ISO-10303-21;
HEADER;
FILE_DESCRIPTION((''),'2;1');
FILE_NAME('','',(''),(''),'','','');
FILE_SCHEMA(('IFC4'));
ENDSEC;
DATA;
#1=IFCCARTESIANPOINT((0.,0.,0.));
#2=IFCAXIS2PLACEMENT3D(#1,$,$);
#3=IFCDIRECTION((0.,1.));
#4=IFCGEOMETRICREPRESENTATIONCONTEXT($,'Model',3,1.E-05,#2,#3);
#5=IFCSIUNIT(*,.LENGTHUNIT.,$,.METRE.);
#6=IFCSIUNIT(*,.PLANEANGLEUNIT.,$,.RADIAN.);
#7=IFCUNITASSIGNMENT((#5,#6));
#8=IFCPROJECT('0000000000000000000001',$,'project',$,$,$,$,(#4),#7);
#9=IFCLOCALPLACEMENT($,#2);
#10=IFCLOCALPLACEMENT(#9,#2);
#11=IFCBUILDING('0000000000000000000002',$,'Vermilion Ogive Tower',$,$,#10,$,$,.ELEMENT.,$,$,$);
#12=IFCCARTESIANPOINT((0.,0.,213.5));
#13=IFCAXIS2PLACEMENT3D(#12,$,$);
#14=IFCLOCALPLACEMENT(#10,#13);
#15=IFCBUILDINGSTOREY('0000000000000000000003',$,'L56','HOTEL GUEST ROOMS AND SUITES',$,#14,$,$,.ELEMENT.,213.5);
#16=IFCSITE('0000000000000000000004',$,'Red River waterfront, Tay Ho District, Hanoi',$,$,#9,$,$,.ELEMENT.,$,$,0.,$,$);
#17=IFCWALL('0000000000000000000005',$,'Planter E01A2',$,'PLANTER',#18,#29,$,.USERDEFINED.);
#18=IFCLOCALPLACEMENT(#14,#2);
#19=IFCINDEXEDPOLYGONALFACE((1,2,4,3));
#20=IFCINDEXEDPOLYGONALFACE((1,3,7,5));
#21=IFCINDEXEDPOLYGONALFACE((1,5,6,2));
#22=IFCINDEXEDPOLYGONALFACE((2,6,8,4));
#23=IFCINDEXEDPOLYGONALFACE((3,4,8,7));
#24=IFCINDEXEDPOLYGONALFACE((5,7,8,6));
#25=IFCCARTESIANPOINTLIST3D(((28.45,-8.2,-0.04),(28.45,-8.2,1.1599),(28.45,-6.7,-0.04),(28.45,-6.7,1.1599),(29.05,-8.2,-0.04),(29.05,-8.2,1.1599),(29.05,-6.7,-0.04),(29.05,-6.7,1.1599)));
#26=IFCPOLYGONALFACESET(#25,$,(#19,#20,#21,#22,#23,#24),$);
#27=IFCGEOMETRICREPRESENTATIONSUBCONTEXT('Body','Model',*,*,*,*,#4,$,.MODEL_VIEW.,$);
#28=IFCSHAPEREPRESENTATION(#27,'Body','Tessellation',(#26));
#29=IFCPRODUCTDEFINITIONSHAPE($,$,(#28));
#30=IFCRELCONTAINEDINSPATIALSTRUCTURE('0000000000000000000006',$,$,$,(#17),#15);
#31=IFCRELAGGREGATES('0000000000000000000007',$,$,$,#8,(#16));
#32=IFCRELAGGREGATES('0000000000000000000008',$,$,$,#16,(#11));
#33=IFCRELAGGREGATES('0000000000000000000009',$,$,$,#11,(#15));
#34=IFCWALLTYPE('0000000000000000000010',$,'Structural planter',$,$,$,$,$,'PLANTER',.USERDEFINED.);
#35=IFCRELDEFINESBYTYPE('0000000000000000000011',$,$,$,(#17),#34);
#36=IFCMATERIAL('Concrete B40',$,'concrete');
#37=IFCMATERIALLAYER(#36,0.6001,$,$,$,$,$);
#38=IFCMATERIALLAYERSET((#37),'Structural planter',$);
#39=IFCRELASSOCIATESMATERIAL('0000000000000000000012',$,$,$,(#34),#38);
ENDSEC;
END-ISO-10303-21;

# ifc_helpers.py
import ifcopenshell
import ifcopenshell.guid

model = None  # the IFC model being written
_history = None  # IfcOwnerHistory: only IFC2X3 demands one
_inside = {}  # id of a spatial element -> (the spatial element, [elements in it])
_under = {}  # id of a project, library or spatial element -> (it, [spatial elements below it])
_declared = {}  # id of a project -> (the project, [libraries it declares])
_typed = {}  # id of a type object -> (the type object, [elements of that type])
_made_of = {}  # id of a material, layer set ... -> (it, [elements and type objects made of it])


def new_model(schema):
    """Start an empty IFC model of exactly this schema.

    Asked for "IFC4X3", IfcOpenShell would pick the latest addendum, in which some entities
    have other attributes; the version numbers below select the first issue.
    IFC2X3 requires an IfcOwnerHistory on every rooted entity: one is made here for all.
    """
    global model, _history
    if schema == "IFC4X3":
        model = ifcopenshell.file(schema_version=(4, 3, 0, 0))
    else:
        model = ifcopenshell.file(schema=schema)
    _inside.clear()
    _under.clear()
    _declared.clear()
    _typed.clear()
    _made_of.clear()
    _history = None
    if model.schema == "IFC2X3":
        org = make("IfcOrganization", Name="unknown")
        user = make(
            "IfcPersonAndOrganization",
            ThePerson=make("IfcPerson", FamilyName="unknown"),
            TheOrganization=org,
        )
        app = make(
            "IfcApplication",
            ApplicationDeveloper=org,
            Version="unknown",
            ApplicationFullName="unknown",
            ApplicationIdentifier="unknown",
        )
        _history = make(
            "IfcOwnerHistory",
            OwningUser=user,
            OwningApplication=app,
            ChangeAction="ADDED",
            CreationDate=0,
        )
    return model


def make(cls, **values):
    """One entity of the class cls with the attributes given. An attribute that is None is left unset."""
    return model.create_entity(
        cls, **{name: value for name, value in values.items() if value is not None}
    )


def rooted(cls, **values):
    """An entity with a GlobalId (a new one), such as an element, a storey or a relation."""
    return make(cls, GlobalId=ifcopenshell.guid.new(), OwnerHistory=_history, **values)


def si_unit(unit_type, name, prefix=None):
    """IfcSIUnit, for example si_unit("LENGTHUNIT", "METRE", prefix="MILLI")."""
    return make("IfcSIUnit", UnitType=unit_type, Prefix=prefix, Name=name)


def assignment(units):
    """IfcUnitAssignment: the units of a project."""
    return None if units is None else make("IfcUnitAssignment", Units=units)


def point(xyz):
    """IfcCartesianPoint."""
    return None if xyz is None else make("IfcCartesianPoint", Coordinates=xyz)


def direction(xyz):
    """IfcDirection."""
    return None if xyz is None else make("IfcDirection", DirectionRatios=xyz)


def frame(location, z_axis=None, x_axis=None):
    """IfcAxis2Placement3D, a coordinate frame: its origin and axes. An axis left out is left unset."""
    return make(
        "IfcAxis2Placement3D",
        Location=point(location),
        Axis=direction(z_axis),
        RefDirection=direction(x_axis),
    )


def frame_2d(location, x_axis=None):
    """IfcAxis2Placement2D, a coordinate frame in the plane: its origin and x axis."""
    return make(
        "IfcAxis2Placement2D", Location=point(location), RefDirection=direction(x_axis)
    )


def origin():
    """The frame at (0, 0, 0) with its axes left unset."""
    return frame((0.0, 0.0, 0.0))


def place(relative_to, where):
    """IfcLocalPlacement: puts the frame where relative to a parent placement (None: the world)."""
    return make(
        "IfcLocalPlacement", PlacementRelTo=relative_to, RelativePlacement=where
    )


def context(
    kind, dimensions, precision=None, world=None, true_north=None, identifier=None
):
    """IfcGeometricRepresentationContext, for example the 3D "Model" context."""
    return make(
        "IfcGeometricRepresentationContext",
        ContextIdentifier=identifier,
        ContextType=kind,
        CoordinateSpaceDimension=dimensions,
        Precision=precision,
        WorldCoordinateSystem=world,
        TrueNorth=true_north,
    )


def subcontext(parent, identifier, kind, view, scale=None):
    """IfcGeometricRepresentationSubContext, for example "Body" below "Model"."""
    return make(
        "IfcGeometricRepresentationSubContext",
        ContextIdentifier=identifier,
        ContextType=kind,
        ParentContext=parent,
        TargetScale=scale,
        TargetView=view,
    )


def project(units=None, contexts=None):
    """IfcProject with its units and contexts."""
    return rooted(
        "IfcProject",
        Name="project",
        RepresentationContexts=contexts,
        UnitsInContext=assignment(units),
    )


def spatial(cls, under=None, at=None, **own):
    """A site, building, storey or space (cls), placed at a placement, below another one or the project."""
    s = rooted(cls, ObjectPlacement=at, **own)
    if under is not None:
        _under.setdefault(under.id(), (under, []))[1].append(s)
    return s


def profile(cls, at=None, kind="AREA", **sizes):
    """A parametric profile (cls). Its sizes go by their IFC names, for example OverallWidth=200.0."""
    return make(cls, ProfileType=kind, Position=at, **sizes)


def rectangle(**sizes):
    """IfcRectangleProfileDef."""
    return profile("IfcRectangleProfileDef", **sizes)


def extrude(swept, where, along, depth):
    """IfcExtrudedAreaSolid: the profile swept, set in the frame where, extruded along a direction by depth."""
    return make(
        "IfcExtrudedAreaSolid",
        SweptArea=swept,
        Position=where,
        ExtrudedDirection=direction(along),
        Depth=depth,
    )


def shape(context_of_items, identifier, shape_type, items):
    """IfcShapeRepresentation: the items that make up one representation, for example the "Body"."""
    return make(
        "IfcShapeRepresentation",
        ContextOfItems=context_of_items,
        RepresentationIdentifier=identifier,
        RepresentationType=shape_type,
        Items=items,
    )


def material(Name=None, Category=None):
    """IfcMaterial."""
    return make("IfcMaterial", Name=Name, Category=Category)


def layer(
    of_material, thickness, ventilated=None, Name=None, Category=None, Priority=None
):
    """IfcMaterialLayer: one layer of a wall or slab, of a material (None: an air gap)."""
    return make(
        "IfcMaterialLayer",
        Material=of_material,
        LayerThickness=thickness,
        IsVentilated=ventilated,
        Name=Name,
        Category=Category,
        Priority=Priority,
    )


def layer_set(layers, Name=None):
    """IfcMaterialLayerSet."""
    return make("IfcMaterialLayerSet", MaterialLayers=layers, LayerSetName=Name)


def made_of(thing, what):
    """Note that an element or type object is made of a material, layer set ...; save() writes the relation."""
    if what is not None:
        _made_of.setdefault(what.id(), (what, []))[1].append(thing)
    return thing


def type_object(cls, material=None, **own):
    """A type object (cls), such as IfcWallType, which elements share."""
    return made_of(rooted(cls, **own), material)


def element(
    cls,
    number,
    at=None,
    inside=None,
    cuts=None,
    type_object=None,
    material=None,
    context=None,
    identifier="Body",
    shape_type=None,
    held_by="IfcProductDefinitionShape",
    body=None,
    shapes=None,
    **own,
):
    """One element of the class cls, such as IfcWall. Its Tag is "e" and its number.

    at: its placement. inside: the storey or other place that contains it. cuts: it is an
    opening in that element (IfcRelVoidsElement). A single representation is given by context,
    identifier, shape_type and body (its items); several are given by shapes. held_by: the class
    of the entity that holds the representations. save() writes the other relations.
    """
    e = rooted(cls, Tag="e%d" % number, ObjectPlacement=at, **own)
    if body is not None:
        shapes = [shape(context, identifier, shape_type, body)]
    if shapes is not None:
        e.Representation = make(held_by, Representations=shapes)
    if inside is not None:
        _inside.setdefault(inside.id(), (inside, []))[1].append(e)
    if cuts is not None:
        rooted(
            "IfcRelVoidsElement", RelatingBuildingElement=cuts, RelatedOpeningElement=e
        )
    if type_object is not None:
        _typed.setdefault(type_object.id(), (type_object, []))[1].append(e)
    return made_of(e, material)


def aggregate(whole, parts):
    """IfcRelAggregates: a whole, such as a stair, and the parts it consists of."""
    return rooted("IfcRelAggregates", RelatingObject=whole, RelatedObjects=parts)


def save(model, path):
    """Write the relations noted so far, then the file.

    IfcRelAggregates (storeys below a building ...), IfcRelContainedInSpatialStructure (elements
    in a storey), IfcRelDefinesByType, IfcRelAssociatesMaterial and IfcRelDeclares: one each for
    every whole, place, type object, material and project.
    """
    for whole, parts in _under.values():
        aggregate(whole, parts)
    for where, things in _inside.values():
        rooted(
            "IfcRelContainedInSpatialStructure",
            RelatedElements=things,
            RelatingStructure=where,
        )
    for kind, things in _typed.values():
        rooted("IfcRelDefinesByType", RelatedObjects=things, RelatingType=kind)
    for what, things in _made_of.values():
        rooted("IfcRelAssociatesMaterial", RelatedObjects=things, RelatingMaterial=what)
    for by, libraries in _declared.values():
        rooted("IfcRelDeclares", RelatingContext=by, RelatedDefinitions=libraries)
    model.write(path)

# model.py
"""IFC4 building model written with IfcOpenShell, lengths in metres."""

from ifc_helpers import new_model, si_unit, direction, frame, frame_2d, origin, place, context, subcontext, project, spatial, rectangle, extrude, material, layer, layer_set, type_object, element, save


model = new_model("IFC4")

# Units and contexts
model_context = context("Model", 3, precision=1e-05, world=origin(), true_north=direction((0.0, 1.0)))
body_context = subcontext(model_context, "Body", "Model", "MODEL_VIEW")
ifc_project = project(units=[si_unit("LENGTHUNIT", "METRE"), si_unit("PLANEANGLEUNIT", "RADIAN")], contexts=[model_context])

# Site, building, storey
site_placement = place(None, origin())
site = spatial("IfcSite", under=ifc_project, at=site_placement, Name="Red River waterfront, Tay Ho District, Hanoi", CompositionType="ELEMENT", RefElevation=0.0)
building_placement = place(site_placement, origin())
building = spatial("IfcBuilding", under=site, at=building_placement, Name="Vermilion Ogive Tower", CompositionType="ELEMENT")
storey_placement = place(building_placement, frame((0.0, 0.0, 213.5)))
storey = spatial("IfcBuildingStorey", under=building, at=storey_placement, Name="L56", Description="HOTEL GUEST ROOMS AND SUITES", CompositionType="ELEMENT", Elevation=213.5)

# Wall
ifc_material_1 = material(Name="Concrete B40", Category="concrete")
ifc_layer_1 = layer(ifc_material_1, 0.6001)
ifc_layer_set_1 = layer_set([ifc_layer_1], Name="Structural planter")
wall_type_1 = type_object("IfcWallType", Name="Structural planter", ElementType="PLANTER", PredefinedType="USERDEFINED", material=ifc_layer_set_1)
wall_1_placement = place(storey_placement, frame((28.75, -8.2, -0.04), z_axis=(0.0, 0.0, 1.0), x_axis=(0.0, 1.0, 0.0)))
element("IfcWall", 1, at=wall_1_placement, inside=storey, type_object=wall_type_1, Name="Planter E01A2", ObjectType="PLANTER", PredefinedType="USERDEFINED", context=body_context, shape_type="SweptSolid", body=[
    extrude(rectangle(XDim=1.5, YDim=0.6001, at=frame_2d((0.75, 0.0))), origin(), (0.0, 0.0, 1.0), 1.2),
])

save(model, "model.ifc")
